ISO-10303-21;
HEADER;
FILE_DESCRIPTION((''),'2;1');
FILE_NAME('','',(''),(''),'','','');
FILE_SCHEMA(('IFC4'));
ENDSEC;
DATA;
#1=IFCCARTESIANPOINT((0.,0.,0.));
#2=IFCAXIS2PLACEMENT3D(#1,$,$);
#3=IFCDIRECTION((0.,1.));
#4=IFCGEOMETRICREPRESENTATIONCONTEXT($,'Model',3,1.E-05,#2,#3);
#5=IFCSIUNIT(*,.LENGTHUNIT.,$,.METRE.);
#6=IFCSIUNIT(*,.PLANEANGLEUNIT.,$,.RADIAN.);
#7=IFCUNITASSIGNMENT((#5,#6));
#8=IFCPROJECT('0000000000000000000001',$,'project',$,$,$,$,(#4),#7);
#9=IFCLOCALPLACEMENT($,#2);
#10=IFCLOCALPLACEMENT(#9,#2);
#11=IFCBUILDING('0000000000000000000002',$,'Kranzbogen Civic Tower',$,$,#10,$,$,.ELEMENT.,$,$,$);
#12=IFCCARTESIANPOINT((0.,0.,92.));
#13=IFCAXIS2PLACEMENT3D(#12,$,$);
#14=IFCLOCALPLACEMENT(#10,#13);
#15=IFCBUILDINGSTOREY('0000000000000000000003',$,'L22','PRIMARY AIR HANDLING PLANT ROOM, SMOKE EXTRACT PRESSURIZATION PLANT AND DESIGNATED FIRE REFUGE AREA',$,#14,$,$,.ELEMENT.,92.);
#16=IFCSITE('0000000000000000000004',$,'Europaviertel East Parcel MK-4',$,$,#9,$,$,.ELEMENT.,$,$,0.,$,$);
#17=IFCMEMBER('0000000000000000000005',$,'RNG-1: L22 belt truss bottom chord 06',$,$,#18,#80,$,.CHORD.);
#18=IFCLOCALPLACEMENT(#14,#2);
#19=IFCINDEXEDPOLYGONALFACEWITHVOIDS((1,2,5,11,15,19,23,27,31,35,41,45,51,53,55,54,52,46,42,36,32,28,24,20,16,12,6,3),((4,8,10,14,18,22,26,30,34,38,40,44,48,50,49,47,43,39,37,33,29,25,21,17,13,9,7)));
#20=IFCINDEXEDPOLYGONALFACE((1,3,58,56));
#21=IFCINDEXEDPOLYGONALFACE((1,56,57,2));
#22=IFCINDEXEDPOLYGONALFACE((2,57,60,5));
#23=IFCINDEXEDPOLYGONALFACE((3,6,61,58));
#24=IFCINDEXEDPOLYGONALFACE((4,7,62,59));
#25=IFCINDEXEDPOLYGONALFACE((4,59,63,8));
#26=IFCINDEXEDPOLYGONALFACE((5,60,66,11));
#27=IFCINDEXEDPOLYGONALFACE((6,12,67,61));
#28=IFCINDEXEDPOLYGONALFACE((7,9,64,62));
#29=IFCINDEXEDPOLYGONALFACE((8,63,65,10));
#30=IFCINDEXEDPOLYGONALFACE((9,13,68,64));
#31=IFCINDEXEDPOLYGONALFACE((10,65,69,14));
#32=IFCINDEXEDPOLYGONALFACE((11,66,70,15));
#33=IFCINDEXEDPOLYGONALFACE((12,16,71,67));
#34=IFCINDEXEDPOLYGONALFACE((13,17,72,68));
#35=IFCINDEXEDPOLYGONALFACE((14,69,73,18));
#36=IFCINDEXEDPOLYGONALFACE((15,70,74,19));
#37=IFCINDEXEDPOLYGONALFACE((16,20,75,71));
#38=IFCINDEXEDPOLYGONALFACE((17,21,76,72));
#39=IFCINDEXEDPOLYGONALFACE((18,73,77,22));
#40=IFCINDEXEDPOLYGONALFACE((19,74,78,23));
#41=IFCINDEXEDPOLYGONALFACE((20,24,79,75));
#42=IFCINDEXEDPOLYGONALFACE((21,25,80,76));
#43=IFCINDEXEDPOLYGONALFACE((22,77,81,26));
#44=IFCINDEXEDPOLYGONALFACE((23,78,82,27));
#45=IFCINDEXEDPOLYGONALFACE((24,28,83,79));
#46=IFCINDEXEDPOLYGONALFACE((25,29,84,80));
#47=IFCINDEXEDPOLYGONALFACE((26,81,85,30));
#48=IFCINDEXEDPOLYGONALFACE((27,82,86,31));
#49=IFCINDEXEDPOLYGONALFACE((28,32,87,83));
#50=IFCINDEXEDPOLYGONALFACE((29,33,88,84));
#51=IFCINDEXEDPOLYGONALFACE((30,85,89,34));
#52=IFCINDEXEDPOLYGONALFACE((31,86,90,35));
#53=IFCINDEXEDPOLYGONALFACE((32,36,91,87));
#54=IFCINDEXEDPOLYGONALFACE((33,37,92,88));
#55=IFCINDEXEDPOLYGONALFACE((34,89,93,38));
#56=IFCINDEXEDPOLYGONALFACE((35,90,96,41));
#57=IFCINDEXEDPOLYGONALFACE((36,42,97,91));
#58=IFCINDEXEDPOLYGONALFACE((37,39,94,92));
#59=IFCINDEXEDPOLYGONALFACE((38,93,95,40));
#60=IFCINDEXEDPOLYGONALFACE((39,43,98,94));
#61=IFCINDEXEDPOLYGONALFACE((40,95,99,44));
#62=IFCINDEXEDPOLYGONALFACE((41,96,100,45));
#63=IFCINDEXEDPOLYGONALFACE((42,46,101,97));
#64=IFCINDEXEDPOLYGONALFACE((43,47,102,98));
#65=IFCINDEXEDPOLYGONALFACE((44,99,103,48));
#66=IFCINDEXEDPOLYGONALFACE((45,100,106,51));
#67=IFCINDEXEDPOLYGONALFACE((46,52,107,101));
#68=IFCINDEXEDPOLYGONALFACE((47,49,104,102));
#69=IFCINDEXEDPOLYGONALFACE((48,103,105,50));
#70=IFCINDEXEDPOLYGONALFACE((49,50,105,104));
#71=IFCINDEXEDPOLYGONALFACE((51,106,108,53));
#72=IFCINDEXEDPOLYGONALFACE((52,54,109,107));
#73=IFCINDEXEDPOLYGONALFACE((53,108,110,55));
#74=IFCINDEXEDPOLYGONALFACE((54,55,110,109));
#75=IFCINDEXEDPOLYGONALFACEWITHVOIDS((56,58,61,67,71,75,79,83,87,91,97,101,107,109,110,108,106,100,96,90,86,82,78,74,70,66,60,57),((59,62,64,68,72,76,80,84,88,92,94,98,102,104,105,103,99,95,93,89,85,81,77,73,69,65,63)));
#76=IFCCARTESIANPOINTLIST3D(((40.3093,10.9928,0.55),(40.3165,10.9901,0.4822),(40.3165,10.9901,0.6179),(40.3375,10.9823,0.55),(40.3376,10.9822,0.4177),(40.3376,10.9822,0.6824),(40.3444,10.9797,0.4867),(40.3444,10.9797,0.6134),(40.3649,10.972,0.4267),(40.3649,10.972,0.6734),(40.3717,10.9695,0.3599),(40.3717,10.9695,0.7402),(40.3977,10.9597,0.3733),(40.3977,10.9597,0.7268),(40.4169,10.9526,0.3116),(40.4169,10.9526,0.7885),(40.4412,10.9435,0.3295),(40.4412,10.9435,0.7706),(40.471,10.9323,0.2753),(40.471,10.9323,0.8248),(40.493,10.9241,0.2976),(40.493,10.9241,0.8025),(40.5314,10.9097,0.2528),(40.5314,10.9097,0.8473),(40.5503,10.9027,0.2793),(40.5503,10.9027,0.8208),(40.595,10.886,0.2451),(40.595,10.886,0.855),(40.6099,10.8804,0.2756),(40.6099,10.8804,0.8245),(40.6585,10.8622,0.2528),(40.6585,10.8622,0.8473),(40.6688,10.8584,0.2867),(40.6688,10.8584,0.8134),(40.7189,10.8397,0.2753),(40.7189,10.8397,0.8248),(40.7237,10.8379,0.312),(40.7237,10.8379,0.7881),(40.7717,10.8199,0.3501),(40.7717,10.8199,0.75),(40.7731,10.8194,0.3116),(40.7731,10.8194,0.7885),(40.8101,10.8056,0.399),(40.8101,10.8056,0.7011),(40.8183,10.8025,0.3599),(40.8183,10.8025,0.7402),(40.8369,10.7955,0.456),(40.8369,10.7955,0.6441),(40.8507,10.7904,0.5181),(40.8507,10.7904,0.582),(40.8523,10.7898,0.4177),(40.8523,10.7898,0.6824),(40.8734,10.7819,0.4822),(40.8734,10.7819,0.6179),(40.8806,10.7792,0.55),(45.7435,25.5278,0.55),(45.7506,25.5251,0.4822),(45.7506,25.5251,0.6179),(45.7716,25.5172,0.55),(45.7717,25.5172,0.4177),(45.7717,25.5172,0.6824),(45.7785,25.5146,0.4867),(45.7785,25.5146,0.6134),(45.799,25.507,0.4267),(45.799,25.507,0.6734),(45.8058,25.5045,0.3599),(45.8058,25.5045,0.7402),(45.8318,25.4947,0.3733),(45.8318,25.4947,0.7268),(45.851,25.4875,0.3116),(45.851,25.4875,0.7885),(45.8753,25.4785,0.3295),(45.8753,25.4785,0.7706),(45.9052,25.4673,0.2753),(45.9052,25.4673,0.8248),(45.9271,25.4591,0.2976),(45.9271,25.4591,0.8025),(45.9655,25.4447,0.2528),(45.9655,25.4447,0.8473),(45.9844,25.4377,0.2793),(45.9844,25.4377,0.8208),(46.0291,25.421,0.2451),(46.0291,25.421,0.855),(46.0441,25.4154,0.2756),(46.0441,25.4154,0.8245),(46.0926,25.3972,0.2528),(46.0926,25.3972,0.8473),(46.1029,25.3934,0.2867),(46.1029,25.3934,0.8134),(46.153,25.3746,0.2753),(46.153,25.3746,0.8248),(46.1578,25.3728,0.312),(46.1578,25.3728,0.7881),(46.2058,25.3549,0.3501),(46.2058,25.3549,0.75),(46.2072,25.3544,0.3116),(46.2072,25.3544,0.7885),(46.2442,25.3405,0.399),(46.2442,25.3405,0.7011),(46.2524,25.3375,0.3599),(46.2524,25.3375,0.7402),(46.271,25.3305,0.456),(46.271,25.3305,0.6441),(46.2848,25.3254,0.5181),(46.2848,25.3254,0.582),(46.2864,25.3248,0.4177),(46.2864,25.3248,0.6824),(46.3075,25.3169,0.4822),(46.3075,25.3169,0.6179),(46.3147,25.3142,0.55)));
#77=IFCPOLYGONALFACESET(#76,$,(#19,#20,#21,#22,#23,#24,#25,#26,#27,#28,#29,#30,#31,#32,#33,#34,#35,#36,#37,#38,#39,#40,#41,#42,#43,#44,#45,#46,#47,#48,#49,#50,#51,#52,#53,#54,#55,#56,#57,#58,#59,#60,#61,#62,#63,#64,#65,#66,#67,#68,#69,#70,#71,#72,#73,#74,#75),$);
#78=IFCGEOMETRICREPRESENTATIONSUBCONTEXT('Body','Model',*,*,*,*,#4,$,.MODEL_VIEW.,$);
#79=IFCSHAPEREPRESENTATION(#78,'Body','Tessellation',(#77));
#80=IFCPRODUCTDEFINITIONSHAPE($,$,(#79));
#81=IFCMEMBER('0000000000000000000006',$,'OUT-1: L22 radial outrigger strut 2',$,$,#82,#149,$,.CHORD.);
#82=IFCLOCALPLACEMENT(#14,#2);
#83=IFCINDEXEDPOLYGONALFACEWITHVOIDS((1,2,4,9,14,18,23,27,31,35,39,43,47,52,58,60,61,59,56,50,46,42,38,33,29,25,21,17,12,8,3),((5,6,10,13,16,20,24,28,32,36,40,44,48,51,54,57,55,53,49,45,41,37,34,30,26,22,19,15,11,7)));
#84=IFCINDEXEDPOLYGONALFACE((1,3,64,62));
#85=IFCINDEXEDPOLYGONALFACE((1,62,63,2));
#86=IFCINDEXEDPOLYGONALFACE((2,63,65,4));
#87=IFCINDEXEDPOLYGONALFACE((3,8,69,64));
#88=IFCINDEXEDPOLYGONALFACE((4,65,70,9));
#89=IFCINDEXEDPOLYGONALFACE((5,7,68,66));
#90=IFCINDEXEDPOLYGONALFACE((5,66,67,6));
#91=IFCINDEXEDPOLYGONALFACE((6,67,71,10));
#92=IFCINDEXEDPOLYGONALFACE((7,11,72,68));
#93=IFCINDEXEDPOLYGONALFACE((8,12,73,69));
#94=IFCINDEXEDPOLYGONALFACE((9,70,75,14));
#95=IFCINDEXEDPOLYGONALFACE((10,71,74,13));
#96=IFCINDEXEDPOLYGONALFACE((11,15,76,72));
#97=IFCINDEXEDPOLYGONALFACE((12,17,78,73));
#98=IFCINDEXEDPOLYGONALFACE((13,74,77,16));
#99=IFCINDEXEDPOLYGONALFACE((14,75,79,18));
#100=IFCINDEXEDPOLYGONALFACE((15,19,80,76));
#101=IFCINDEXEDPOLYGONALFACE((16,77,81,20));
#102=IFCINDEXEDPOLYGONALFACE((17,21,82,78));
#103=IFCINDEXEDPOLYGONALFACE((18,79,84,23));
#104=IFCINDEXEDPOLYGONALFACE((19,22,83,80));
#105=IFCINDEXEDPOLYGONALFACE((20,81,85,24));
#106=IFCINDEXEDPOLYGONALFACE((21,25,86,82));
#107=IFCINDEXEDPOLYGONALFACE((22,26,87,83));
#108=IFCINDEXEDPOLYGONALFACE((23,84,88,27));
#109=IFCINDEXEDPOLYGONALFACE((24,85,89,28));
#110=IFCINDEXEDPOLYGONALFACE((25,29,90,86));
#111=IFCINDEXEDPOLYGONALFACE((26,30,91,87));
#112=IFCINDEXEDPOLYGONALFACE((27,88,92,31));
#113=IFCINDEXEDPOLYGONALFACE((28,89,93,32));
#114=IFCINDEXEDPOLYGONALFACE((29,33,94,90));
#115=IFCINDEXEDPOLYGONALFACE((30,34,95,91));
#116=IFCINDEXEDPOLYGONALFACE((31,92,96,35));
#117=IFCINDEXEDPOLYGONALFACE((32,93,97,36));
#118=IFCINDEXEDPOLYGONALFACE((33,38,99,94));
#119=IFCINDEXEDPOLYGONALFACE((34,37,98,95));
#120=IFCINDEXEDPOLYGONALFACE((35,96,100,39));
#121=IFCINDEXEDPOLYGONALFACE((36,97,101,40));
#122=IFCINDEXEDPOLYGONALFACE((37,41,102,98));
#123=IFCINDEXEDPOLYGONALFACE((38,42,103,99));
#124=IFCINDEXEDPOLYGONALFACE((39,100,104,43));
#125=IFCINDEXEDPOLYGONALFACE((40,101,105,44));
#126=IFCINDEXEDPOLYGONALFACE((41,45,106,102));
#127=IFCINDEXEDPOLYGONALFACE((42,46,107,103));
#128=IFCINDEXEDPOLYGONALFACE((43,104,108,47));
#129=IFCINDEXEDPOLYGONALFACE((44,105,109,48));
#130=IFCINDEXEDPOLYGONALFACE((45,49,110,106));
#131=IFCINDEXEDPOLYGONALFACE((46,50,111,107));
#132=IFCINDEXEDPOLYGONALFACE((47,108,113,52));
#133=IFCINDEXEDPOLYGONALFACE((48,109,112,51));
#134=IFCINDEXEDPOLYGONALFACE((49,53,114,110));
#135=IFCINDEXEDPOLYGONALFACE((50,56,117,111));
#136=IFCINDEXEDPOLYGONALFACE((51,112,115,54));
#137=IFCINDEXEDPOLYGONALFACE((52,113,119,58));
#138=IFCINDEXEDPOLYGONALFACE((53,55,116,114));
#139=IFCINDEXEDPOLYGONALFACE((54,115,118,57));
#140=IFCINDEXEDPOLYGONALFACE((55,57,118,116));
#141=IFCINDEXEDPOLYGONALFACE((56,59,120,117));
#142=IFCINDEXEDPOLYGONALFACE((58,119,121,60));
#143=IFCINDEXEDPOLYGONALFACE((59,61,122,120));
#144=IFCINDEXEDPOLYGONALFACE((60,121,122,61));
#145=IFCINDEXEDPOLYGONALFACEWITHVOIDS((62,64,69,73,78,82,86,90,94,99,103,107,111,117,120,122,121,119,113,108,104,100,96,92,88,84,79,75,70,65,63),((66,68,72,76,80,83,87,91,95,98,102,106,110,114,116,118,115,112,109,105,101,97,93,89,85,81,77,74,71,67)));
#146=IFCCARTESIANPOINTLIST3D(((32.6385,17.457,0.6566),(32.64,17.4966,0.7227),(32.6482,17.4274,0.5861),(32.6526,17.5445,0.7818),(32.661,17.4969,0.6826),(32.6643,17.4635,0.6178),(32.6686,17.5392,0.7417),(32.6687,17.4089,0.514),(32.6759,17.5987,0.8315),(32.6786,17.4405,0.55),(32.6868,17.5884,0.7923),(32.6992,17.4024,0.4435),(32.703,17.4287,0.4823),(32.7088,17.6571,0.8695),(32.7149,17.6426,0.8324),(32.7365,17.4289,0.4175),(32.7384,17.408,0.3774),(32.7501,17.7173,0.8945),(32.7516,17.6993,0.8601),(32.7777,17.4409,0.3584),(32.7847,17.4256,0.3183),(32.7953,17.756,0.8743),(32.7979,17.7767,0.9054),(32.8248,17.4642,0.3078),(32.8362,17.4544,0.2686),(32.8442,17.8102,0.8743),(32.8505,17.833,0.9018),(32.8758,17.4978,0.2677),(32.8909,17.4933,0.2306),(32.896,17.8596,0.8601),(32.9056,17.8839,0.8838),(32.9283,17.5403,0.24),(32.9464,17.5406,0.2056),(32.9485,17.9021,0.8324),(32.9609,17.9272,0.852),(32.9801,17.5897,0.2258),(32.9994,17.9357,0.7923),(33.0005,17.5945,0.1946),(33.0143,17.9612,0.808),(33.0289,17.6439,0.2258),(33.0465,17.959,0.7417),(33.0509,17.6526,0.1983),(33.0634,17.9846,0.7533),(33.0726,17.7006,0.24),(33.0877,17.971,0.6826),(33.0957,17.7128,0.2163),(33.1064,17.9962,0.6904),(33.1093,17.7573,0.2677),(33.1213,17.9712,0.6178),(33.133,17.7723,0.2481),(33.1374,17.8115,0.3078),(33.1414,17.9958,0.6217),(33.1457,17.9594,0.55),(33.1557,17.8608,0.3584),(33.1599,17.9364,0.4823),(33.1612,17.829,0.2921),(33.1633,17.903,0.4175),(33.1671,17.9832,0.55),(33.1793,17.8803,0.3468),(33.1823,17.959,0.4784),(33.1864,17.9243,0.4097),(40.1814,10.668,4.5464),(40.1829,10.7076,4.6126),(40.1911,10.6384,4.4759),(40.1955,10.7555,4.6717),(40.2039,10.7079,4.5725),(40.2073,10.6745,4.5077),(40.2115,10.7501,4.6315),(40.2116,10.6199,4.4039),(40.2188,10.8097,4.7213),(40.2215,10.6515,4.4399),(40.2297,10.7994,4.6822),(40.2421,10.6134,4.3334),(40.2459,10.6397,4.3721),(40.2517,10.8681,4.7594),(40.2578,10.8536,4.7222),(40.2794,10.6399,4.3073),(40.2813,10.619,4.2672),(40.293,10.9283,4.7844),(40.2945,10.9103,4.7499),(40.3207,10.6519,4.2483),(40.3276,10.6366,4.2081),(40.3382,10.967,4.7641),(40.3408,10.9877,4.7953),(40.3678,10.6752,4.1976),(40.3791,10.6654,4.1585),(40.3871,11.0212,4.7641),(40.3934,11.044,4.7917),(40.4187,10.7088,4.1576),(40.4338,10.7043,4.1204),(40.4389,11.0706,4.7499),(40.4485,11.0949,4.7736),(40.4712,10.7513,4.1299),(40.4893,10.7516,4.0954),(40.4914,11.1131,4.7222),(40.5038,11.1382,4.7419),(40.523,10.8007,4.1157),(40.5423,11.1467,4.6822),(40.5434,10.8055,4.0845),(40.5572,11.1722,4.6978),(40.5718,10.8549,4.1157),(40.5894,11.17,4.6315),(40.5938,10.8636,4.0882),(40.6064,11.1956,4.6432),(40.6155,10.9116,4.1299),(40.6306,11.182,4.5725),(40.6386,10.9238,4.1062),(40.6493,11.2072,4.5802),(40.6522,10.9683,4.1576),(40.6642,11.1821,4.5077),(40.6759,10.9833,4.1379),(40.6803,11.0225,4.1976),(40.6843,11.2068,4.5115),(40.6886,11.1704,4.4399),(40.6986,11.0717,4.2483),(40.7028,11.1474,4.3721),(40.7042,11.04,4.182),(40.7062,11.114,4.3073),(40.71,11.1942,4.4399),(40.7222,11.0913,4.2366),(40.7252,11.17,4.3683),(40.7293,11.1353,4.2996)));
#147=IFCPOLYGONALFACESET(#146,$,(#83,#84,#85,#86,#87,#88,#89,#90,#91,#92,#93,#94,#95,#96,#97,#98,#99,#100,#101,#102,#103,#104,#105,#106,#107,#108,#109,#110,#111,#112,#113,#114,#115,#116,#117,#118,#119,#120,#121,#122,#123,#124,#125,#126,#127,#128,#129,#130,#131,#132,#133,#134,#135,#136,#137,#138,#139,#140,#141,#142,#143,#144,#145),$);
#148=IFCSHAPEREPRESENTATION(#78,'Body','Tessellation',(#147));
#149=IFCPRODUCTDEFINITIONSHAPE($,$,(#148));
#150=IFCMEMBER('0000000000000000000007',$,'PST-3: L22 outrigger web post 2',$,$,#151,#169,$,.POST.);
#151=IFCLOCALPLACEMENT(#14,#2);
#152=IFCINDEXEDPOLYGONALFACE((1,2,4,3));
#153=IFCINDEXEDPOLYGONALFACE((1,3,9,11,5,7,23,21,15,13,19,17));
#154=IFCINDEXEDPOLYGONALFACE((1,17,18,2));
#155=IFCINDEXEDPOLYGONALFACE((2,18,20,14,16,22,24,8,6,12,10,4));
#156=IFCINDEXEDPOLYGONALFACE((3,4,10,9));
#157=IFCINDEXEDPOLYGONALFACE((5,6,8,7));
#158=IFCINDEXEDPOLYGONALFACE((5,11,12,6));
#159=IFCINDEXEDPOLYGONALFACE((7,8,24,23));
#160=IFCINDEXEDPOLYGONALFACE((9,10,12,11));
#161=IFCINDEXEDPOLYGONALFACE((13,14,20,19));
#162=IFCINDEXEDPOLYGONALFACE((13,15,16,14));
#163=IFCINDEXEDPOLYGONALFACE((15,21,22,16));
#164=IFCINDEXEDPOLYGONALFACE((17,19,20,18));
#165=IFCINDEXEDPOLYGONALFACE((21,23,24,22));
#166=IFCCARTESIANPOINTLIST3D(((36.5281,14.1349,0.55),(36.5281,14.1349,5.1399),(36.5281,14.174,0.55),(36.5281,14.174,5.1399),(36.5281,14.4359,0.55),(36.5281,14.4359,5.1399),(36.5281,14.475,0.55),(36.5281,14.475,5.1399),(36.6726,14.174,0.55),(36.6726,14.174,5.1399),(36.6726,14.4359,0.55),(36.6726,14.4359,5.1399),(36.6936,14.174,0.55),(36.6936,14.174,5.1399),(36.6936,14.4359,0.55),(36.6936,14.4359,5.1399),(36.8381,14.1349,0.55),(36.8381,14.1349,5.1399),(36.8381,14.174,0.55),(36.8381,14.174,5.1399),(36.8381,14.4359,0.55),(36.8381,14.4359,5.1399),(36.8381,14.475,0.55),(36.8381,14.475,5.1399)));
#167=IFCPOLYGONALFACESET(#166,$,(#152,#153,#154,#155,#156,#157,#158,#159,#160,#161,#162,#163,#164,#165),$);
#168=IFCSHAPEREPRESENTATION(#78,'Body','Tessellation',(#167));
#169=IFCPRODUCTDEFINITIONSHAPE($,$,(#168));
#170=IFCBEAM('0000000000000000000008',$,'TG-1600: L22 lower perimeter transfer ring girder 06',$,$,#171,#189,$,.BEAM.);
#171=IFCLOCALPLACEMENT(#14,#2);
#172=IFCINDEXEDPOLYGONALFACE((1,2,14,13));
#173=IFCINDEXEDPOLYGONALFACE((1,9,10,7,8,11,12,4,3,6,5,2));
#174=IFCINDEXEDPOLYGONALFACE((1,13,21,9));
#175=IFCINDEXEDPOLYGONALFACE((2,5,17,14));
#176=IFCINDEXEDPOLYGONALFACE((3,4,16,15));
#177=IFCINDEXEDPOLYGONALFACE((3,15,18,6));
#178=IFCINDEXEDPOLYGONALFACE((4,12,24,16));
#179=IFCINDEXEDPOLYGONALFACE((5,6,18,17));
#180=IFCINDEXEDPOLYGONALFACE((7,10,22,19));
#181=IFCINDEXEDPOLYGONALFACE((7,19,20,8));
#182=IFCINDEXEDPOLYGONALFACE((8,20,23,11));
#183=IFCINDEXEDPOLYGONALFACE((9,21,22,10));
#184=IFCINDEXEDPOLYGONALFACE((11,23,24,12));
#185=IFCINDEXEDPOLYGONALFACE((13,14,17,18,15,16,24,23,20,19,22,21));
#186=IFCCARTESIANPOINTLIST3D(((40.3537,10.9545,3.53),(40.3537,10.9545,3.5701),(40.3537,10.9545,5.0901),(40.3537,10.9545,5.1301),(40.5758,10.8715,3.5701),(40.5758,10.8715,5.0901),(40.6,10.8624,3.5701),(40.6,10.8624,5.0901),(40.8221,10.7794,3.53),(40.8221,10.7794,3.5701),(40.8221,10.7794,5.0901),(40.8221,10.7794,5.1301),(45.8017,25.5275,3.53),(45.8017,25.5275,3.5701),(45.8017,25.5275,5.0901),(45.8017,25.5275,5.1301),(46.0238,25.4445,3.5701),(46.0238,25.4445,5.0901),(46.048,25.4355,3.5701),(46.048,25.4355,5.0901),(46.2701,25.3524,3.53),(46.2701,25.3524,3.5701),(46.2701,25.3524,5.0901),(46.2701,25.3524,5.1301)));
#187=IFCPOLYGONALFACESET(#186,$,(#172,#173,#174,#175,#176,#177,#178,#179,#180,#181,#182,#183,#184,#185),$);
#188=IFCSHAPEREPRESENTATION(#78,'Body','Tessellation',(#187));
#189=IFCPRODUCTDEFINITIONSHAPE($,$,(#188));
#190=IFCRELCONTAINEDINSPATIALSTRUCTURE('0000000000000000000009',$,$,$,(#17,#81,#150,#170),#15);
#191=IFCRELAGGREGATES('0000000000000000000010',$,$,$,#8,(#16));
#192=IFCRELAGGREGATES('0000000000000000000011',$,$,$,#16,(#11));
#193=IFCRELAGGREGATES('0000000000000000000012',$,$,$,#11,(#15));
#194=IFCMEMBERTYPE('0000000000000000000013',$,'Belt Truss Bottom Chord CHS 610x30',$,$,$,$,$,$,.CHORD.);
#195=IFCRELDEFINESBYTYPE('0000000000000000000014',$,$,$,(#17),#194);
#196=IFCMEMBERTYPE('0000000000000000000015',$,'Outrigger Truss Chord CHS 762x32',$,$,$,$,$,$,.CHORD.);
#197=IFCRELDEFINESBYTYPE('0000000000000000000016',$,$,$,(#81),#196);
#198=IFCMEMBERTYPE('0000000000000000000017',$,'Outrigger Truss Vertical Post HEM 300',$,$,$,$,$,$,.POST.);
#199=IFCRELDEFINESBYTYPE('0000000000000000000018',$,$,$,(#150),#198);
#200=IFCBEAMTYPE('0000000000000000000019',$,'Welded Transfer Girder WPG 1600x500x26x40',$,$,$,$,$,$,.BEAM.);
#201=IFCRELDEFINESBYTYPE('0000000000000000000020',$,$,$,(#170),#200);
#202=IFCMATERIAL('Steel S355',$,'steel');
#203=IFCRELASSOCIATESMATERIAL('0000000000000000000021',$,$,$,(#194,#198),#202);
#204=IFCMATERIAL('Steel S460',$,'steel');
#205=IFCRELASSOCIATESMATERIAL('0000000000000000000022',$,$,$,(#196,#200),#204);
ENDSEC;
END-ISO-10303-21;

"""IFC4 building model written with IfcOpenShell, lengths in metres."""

from ifc_helpers import new_model, si_unit, direction, frame, origin, origin_2d, place, context, subcontext, project, spatial, hollow_circle, i_section, extrude, material, material_profile, profile_set, type_object, element, save


model = new_model("IFC4")

# Units and contexts
model_context = context("Model", 3, precision=1e-05, world=origin(), true_north=direction((0.0, 1.0)))
body_context = subcontext(model_context, "Body", "Model", "MODEL_VIEW")
ifc_project = project(units=[si_unit("LENGTHUNIT", "METRE"), si_unit("PLANEANGLEUNIT", "RADIAN")], contexts=[model_context])

# Site, building, storey
site_placement = place(None, origin())
site = spatial("IfcSite", under=ifc_project, at=site_placement, Name="Europaviertel East Parcel MK-4", CompositionType="ELEMENT", RefElevation=0.0)
building_placement = place(site_placement, origin())
building = spatial("IfcBuilding", under=site, at=building_placement, Name="Kranzbogen Civic Tower", CompositionType="ELEMENT")
storey_placement = place(building_placement, frame((0.0, 0.0, 92.0)))
storey = spatial("IfcBuildingStorey", under=building, at=storey_placement, Name="L22", Description="PRIMARY AIR HANDLING PLANT ROOM, SMOKE EXTRACT PRESSURIZATION PLANT AND DESIGNATED FIRE REFUGE AREA", CompositionType="ELEMENT", Elevation=92.0)

# Members
ifc_material_1 = material(Name="Steel S355", Category="steel")
ifc_material_profile_1 = material_profile(ifc_material_1, hollow_circle(Radius=0.3049, WallThickness=0.03, at=origin_2d()), Name="CHS 610x30")
ifc_profile_set_1 = profile_set([ifc_material_profile_1], Name="Steel S355")
member_type_1 = type_object("IfcMemberType", Name="Belt Truss Bottom Chord CHS 610x30", PredefinedType="CHORD", material=ifc_profile_set_1)
member_1_placement = place(storey_placement, frame((40.595, 10.886, 0.55), z_axis=(0.35019, 0.936679, 0.0), x_axis=(-0.936679, 0.35019, 0.0)))
element("IfcMember", 1, at=member_1_placement, inside=storey, type_object=member_type_1, Name="RNG-1: L22 belt truss bottom chord 06", PredefinedType="CHORD", context=body_context, shape_type="SweptSolid", body=[
    extrude(hollow_circle(Radius=0.3049, WallThickness=0.03, at=origin_2d()), origin(), (0.0, 0.0, 1.0), 15.5176),
])
ifc_material_2 = material(Name="Steel S460", Category="steel")
ifc_material_profile_2 = material_profile(ifc_material_2, hollow_circle(Radius=0.3811, WallThickness=0.032, at=origin_2d()), Name="CHS 762x32")
ifc_profile_set_2 = profile_set([ifc_material_profile_2], Name="Steel S460")
member_type_2 = type_object("IfcMemberType", Name="Outrigger Truss Chord CHS 762x32", PredefinedType="CHORD", material=ifc_profile_set_2)
member_2_placement = place(storey_placement, frame((32.9121, 17.7, 0.55), z_axis=(0.694037, -0.624669, 0.357913), x_axis=(0.668986, 0.743275, 0.0)))
element("IfcMember", 2, at=member_2_placement, inside=storey, type_object=member_type_2, Name="OUT-1: L22 radial outrigger strut 2", PredefinedType="CHORD", context=body_context, shape_type="SweptSolid", body=[
    extrude(hollow_circle(Radius=0.3811, WallThickness=0.032, at=origin_2d()), origin(), (0.0, 0.0, 1.0), 10.8682),
])
ifc_material_profile_3 = material_profile(ifc_material_1, i_section(OverallWidth=0.3101, OverallDepth=0.3401, WebThickness=0.021, FlangeThickness=0.0391, at=origin_2d()), Name="HEM 300")
ifc_profile_set_3 = profile_set([ifc_material_profile_3], Name="Steel S355")
member_type_3 = type_object("IfcMemberType", Name="Outrigger Truss Vertical Post HEM 300", PredefinedType="POST", material=ifc_profile_set_3)
member_3_placement = place(storey_placement, frame((36.6831, 14.3049, 0.55), z_axis=(0.0, 0.0, 1.0), x_axis=(1.0, 0.0, 0.0)))
element("IfcMember", 3, at=member_3_placement, inside=storey, type_object=member_type_3, Name="PST-3: L22 outrigger web post 2", PredefinedType="POST", context=body_context, shape_type="SweptSolid", body=[
    extrude(i_section(OverallWidth=0.3101, OverallDepth=0.3401, WebThickness=0.021, FlangeThickness=0.0391, at=origin_2d()), origin(), (0.0, 0.0, 1.0), 4.5898),
])

# Beam
ifc_material_profile_4 = material_profile(ifc_material_2, i_section(OverallWidth=0.5, OverallDepth=1.6001, WebThickness=0.0259, FlangeThickness=0.04, at=origin_2d()), Name="WPG 1600x500x26x40")
ifc_profile_set_4 = profile_set([ifc_material_profile_4], Name="Steel S460")
beam_type = type_object("IfcBeamType", Name="Welded Transfer Girder WPG 1600x500x26x40", PredefinedType="BEAM", material=ifc_profile_set_4)
beam_1_placement = place(storey_placement, frame((40.5879, 10.8669, 4.3301), z_axis=(0.350172, 0.936685, 0.0), x_axis=(-0.936685, 0.350172, 0.0)))
element("IfcBeam", 4, at=beam_1_placement, inside=storey, type_object=beam_type, Name="TG-1600: L22 lower perimeter transfer ring girder 06", PredefinedType="BEAM", context=body_context, shape_type="SweptSolid", body=[
    extrude(i_section(OverallWidth=0.5, OverallDepth=1.6001, WebThickness=0.0259, FlangeThickness=0.04, at=origin_2d()), origin(), (0.0, 0.0, 1.0), 15.5581),
])

save(model, "model.ifc")
